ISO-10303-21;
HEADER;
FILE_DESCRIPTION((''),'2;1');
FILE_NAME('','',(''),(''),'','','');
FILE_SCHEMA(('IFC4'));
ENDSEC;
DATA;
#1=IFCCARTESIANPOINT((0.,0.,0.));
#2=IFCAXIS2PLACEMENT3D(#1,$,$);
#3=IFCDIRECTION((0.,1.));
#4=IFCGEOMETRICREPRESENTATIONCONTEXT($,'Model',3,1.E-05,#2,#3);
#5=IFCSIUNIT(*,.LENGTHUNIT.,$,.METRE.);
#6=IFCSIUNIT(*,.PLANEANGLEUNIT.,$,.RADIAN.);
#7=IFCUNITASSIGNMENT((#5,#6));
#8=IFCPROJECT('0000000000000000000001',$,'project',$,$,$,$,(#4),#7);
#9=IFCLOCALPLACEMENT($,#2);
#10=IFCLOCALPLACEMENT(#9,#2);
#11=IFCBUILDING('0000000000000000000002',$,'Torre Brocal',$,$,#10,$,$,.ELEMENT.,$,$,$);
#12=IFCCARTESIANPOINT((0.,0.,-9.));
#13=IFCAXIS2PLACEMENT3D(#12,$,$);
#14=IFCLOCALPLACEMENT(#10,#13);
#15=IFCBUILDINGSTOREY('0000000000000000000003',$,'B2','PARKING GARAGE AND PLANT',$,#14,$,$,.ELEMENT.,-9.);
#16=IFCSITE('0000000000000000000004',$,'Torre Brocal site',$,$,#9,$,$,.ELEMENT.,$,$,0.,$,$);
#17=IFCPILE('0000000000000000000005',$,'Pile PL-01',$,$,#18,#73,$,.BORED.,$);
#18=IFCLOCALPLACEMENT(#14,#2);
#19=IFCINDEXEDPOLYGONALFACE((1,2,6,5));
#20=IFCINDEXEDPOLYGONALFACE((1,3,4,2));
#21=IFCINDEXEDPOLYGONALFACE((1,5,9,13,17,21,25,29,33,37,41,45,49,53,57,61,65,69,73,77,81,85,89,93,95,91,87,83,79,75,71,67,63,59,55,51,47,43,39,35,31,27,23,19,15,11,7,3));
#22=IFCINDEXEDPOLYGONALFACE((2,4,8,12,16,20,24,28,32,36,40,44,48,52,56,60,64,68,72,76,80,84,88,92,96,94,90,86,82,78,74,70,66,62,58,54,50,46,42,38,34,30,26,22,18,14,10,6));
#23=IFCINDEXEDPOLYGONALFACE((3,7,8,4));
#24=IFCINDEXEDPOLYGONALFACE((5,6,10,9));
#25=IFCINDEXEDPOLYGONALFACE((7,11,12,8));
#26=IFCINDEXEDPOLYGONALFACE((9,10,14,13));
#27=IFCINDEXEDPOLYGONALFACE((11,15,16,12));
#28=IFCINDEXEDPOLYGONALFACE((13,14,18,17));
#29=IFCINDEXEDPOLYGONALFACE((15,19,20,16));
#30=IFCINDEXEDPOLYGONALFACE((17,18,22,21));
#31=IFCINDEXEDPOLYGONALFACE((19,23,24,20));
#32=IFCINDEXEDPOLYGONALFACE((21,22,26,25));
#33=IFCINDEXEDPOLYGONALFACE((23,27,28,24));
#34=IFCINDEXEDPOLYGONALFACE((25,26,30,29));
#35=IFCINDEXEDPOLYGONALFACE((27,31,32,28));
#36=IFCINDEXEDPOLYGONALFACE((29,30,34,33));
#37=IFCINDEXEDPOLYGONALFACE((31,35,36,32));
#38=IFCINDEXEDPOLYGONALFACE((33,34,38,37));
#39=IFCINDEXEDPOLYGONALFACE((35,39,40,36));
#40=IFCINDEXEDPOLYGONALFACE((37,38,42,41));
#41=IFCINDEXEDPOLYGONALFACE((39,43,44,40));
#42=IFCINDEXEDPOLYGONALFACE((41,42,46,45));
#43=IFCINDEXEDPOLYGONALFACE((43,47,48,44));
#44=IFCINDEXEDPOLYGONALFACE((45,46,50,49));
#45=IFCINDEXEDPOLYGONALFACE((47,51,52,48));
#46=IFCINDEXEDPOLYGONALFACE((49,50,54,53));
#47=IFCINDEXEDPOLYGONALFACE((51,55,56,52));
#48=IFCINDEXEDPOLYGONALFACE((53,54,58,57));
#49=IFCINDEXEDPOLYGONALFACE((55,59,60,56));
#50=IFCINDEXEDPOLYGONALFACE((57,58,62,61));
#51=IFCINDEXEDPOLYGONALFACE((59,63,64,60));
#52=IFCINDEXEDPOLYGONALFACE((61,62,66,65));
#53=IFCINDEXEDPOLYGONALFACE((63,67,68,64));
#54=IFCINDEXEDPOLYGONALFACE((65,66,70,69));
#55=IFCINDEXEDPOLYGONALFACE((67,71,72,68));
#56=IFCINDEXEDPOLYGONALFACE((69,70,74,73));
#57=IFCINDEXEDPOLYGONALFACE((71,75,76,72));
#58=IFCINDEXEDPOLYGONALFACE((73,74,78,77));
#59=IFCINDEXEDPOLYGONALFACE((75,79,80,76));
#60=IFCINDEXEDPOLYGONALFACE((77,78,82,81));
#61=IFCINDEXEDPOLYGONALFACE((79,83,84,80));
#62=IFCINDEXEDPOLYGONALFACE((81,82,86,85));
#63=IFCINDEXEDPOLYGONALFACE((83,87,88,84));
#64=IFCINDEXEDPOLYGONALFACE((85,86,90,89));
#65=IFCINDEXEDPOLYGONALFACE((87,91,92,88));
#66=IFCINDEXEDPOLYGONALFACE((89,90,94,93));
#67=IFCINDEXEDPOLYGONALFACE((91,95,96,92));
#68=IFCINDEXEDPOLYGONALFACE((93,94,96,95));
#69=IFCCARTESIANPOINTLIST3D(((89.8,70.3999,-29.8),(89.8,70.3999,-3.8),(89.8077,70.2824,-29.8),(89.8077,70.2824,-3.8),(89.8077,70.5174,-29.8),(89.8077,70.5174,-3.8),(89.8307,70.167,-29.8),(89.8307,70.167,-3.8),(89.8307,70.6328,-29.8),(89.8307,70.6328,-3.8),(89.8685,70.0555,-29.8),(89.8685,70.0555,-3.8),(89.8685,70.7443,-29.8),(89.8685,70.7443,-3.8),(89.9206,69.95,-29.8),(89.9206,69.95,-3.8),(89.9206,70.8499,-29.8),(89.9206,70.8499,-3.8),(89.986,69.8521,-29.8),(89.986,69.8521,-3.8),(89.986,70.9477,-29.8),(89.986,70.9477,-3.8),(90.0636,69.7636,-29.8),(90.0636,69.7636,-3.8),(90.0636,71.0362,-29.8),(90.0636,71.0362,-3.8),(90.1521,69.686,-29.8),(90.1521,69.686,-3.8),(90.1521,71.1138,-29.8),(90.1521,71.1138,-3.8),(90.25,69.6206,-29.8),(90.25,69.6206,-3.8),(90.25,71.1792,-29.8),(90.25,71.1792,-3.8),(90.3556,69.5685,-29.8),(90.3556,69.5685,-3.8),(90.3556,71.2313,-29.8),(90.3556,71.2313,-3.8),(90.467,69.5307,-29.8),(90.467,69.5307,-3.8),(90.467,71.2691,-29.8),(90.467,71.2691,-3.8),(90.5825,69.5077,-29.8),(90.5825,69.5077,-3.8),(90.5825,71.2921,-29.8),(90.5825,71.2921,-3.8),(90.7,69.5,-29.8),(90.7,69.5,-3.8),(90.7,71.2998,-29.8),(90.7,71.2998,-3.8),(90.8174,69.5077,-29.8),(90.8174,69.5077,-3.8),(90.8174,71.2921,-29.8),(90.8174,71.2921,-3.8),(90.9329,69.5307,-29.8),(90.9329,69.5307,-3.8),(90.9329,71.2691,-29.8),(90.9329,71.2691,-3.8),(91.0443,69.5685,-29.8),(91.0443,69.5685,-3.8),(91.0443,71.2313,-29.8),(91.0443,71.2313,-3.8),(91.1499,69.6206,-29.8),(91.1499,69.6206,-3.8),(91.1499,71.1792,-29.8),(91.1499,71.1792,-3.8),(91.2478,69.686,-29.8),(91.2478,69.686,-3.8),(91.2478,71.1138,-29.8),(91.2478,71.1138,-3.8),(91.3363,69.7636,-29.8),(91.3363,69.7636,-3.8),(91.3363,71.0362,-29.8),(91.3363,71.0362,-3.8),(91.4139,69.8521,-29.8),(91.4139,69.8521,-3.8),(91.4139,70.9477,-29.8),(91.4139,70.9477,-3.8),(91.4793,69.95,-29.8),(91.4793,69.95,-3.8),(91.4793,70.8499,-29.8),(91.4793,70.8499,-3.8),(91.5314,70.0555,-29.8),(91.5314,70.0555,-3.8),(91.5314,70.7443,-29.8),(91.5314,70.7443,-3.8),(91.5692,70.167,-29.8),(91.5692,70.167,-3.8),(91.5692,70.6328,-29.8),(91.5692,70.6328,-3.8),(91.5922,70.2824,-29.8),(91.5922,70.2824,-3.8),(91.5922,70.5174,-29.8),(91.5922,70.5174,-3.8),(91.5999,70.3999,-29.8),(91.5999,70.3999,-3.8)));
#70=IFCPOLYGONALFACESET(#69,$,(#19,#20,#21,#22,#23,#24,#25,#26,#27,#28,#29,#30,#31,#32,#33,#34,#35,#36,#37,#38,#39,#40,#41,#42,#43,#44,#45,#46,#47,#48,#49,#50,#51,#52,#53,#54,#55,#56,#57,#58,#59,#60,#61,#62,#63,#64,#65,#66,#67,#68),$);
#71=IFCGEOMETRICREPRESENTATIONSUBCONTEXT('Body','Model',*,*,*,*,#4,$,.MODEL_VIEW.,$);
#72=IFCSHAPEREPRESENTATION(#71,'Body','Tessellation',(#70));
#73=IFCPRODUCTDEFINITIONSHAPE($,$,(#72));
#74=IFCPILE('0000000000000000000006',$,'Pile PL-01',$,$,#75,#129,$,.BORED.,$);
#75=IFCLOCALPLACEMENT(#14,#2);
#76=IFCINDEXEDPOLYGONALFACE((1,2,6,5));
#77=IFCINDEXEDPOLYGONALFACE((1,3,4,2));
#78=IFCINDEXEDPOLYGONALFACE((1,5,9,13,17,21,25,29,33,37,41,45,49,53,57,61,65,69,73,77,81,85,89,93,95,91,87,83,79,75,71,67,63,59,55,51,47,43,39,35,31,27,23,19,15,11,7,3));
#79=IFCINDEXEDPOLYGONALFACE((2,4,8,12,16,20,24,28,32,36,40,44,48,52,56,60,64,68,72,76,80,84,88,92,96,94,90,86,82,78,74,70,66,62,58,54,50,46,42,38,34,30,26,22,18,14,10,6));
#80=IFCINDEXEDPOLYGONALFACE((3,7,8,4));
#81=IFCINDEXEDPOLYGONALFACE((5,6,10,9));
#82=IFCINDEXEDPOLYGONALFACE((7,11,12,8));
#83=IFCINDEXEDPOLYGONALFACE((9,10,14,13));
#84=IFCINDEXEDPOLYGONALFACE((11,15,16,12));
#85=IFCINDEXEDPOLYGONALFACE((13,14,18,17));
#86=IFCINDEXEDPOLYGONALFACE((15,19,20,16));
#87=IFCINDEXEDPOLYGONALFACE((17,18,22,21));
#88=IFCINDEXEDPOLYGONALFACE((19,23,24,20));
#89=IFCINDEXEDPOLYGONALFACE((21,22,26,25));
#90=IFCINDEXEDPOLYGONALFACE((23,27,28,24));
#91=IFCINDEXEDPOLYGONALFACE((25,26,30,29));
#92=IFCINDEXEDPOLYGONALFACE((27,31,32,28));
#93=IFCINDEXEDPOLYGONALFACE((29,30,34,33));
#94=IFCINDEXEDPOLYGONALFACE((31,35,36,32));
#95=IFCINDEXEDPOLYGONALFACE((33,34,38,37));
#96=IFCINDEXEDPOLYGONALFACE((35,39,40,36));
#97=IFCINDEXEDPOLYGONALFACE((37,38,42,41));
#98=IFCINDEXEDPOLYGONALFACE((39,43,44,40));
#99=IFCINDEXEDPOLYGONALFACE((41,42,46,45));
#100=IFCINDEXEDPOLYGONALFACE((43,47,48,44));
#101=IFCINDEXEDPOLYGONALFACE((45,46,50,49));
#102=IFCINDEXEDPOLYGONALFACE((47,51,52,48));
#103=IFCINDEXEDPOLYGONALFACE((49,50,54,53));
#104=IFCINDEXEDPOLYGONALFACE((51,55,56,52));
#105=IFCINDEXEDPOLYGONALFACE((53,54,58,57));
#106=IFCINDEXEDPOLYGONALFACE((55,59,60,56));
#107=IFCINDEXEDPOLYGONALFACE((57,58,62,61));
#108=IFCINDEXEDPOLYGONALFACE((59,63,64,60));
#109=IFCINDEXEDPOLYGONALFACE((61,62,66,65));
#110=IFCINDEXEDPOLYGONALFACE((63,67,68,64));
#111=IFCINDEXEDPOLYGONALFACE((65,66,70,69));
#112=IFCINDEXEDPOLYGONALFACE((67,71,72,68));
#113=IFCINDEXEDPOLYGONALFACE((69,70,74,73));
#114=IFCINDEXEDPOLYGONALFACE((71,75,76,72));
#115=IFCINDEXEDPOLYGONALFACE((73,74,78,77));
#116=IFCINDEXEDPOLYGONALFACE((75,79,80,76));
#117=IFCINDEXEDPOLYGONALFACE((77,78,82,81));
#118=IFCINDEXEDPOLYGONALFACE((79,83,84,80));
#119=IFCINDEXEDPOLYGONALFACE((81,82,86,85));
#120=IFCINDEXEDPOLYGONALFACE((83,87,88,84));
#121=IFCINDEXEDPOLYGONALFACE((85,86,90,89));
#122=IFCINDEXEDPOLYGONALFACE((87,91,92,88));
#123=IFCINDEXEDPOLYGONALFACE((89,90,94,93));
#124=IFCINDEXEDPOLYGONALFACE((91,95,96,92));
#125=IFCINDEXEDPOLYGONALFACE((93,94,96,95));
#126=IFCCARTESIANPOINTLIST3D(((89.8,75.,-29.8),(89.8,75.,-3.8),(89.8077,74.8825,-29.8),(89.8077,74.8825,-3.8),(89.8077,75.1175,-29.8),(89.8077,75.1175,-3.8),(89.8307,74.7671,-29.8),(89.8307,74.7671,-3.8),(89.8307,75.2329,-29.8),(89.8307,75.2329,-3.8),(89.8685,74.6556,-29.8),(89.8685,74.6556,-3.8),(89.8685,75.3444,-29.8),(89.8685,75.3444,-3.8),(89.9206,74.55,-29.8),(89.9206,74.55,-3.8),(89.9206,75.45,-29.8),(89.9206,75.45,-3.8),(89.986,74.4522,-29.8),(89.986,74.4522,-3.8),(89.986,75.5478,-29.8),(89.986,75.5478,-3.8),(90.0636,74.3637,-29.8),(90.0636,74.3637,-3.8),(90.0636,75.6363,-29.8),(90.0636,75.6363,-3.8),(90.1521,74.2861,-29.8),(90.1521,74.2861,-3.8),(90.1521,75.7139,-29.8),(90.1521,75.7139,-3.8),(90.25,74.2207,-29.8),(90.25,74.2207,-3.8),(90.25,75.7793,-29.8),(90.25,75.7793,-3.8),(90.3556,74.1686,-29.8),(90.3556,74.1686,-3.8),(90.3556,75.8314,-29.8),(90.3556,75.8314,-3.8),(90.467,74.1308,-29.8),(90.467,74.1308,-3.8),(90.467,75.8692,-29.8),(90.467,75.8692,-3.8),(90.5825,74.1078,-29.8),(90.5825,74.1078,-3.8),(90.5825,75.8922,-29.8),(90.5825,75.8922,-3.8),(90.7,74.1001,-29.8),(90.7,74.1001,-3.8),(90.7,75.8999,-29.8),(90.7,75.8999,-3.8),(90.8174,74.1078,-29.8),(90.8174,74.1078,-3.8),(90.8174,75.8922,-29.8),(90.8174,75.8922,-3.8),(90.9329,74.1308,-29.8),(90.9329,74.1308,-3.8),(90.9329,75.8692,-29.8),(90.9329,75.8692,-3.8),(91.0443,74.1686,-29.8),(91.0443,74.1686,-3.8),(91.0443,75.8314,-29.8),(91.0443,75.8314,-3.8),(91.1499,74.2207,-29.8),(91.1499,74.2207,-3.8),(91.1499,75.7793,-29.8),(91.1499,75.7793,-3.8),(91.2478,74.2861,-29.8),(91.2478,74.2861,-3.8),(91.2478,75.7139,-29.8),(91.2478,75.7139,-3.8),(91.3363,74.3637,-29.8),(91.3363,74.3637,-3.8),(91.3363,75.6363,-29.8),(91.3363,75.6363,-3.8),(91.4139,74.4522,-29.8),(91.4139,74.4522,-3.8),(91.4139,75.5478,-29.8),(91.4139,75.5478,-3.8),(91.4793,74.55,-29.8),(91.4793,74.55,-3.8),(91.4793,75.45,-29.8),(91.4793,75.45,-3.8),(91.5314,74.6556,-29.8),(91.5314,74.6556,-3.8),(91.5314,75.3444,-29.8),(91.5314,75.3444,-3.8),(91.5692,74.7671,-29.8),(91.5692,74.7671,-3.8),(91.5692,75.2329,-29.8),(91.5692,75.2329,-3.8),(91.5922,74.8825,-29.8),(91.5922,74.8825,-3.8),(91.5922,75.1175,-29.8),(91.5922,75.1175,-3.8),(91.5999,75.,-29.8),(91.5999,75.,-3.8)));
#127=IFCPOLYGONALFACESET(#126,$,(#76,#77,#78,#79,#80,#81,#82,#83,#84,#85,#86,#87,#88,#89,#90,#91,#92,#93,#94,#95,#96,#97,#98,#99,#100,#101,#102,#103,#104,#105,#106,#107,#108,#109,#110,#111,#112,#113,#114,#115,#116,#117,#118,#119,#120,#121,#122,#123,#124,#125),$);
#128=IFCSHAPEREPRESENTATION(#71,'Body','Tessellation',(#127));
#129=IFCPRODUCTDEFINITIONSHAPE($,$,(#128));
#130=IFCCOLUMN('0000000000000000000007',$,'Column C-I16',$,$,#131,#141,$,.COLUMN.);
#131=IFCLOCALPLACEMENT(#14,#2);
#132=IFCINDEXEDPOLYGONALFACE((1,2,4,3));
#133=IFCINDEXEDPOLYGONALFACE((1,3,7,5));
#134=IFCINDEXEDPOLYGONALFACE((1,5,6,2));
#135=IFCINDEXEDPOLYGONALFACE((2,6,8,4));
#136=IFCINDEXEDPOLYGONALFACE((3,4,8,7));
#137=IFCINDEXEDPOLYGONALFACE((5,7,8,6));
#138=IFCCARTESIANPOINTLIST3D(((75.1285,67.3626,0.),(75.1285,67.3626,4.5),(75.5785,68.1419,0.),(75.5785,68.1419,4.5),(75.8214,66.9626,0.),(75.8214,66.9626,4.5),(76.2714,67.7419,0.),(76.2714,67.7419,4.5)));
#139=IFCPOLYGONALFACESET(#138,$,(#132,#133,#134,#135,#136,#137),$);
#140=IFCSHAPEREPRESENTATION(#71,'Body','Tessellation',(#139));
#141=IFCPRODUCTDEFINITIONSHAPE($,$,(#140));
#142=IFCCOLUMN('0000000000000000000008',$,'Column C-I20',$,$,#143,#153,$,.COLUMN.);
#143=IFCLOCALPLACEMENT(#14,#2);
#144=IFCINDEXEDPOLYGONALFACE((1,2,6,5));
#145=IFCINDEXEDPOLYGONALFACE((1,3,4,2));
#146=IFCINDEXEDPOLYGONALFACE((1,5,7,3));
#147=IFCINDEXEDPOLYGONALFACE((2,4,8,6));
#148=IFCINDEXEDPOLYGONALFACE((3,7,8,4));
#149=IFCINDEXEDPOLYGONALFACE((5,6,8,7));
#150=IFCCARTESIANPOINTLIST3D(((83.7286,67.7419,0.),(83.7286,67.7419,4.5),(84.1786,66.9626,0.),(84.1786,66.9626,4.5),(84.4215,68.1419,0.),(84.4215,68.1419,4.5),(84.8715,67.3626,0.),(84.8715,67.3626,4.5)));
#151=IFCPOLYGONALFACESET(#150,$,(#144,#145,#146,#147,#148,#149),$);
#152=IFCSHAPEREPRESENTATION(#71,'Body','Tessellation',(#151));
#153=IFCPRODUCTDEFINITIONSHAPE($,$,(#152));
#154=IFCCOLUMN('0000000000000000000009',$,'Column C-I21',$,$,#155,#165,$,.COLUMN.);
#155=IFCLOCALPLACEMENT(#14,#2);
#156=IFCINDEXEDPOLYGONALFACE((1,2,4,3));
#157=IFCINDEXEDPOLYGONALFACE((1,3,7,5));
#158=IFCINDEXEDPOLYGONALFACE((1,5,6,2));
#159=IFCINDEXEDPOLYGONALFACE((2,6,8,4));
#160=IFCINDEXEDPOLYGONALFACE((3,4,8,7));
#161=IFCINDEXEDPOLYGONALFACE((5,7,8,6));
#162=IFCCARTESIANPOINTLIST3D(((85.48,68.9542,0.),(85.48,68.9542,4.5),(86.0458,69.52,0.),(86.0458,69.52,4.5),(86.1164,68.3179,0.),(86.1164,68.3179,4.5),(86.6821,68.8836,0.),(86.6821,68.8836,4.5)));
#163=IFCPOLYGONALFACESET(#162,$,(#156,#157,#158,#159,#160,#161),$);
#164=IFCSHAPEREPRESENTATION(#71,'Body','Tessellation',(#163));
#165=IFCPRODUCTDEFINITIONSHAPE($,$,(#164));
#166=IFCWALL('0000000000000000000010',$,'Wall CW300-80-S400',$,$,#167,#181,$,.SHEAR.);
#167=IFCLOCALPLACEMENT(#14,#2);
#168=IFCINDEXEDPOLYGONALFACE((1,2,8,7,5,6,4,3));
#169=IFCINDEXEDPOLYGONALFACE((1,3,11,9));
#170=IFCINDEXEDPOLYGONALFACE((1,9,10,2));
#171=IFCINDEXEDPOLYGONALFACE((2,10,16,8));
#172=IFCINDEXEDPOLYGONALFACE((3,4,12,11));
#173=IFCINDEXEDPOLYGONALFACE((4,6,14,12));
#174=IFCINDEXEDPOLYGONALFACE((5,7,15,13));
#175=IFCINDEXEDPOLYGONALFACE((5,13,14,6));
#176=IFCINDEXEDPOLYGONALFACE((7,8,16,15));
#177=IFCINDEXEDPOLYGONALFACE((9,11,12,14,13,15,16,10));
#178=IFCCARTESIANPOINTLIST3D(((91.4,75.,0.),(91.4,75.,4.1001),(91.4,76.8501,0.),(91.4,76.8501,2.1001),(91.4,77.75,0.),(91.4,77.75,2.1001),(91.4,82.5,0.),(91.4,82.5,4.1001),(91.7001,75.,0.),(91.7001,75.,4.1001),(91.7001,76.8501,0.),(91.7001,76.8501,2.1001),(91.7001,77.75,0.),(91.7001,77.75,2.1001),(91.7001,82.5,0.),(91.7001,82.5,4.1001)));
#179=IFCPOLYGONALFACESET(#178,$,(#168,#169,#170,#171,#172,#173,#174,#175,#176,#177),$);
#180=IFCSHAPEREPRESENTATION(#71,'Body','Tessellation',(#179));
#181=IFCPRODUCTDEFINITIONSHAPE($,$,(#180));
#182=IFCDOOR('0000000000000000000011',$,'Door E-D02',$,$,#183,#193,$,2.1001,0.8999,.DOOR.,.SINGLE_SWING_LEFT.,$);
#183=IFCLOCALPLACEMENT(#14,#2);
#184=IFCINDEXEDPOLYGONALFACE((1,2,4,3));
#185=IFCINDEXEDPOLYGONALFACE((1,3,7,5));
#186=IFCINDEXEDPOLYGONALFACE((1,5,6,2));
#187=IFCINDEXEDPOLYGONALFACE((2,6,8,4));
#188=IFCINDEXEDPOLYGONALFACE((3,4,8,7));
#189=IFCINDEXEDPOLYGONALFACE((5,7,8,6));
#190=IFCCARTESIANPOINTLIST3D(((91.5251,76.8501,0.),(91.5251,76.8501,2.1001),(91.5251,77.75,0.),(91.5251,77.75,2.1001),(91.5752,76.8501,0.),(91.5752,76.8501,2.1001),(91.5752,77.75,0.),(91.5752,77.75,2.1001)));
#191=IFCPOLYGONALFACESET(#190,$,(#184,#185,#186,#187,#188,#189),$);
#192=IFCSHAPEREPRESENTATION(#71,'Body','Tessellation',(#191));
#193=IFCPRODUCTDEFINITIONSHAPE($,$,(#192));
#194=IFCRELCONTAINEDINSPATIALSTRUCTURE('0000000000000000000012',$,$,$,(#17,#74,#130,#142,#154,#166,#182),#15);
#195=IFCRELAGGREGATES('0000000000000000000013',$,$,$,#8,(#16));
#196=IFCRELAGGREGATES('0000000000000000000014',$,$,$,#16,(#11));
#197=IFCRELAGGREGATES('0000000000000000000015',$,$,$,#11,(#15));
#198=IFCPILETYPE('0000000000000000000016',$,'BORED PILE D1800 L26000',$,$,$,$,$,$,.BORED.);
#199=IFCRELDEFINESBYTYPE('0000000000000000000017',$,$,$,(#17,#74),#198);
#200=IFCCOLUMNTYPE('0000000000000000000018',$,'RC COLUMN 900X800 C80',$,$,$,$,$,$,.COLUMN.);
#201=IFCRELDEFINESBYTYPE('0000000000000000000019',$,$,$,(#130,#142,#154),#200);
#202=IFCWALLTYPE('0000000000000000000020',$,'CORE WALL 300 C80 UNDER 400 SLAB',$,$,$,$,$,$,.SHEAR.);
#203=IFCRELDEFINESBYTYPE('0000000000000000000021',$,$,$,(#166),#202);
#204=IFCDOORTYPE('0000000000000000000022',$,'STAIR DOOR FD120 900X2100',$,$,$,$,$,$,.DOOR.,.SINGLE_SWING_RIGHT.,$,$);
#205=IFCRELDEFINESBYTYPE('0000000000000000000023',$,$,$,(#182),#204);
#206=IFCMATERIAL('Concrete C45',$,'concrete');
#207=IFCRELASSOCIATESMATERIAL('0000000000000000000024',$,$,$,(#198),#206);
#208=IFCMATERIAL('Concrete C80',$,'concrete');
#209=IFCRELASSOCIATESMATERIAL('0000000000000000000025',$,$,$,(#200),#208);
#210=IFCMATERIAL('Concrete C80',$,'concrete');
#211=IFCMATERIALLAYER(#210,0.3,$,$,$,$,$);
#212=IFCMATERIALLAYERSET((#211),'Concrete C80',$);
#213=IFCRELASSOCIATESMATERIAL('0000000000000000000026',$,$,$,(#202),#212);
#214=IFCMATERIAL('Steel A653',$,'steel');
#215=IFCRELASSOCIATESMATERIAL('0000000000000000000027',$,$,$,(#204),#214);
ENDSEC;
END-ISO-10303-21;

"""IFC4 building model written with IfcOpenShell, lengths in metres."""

from ifc_helpers import new_model, si_unit, direction, frame, frame_2d, origin, origin_2d, place, context, subcontext, project, spatial, rectangle, circle, extrude, material, layer, layer_set, material_profile, profile_set, type_object, element, fill, save


model = new_model("IFC4")

# Units and contexts
model_context = context("Model", 3, precision=1e-05, world=origin(), true_north=direction((0.0, 1.0)))
body_context = subcontext(model_context, "Body", "Model", "MODEL_VIEW")
ifc_project = project(units=[si_unit("LENGTHUNIT", "METRE"), si_unit("PLANEANGLEUNIT", "RADIAN")], contexts=[model_context])

# Site, building, storey
site_placement = place(None, origin())
site = spatial("IfcSite", under=ifc_project, at=site_placement, Name="Torre Brocal site", CompositionType="ELEMENT", RefElevation=0.0)
building_placement = place(site_placement, origin())
building = spatial("IfcBuilding", under=site, at=building_placement, Name="Torre Brocal", CompositionType="ELEMENT")
storey_placement = place(building_placement, frame((0.0, 0.0, -9.0)))
storey = spatial("IfcBuildingStorey", under=building, at=storey_placement, Name="B2", Description="PARKING GARAGE AND PLANT", CompositionType="ELEMENT", Elevation=-9.0)

# Piles
ifc_material_1 = material(Name="Concrete C45", Category="concrete")
ifc_material_profile_1 = material_profile(ifc_material_1, circle(Radius=0.8999, at=origin_2d()), Name="BORED PILE D1800")
ifc_profile_set_1 = profile_set([ifc_material_profile_1], Name="Concrete C45")
pile_type_1 = type_object("IfcPileType", Name="BORED PILE D1800 L26000", PredefinedType="BORED", material=ifc_profile_set_1)
for number, where, z_axis, x_axis, name in (
    (1, (90.7, 70.3999, -3.8), (0.0, 0.0, -1.0), (1.0, 0.0, 0.0), "Pile PL-01"),
    (2, (90.7, 75.0, -3.8), (0.0, 0.0, -1.0), (1.0, 0.0, 0.0), "Pile PL-01"),
):
    element("IfcPile", number, at=place(storey_placement, frame(where, z_axis=z_axis, x_axis=x_axis)), inside=storey, type_object=pile_type_1, Name=name, PredefinedType="BORED", context=body_context, shape_type="SweptSolid", body=[
        extrude(circle(Radius=0.8999, at=origin_2d()), origin(), (0.0, 0.0, 1.0), 26.0),
    ])

# Columns
ifc_material_2 = material(Name="Concrete C80", Category="concrete")
ifc_material_profile_2 = material_profile(ifc_material_2, rectangle(XDim=0.8999, YDim=0.8, at=origin_2d()), Name="RC 900X800")
ifc_profile_set_2 = profile_set([ifc_material_profile_2], Name="Concrete C80")
column_type = type_object("IfcColumnType", Name="RC COLUMN 900X800 C80", PredefinedType="COLUMN", material=ifc_profile_set_2)
for number, where, z_axis, x_axis, name in (
    (3, (75.7, 67.5522, 0.0), (0.0, 0.0, 1.0), (-0.5, -0.866025, 0.0), "Column C-I16"),
    (4, (84.3, 67.5522, 0.0), (0.0, 0.0, 1.0), (0.5, -0.866025, 0.0), "Column C-I20"),
    (5, (86.0811, 68.9189, 0.0), (0.0, 0.0, 1.0), (0.707107, -0.707107, 0.0), "Column C-I21"),
):
    element("IfcColumn", number, at=place(storey_placement, frame(where, z_axis=z_axis, x_axis=x_axis)), inside=storey, type_object=column_type, Name=name, PredefinedType="COLUMN", context=body_context, shape_type="SweptSolid", body=[
        extrude(rectangle(XDim=0.8999, YDim=0.8, at=origin_2d()), origin(), (0.0, 0.0, 1.0), 4.5),
    ])

# Wall, opening, door
ifc_material_3 = material(Name="Concrete C80", Category="concrete")
ifc_layer_1 = layer(ifc_material_3, 0.3)
ifc_layer_set_1 = layer_set([ifc_layer_1], Name="Concrete C80")
wall_type_1 = type_object("IfcWallType", Name="CORE WALL 300 C80 UNDER 400 SLAB", PredefinedType="SHEAR", material=ifc_layer_set_1)
wall_1_placement = place(storey_placement, frame((91.55, 75.0, 0.0), z_axis=(0.0, 0.0, 1.0), x_axis=(0.0, 1.0, 0.0)))
wall_1 = element("IfcWall", 6, at=wall_1_placement, inside=storey, type_object=wall_type_1, Name="Wall CW300-80-S400", PredefinedType="SHEAR", context=body_context, shape_type="SweptSolid", body=[
    extrude(rectangle(XDim=7.5, YDim=0.3, at=frame_2d((3.75, 0.0))), origin(), (0.0, 0.0, 1.0), 4.1001),
])
opening_1_placement = place(wall_1_placement, frame((1.8501, 0.0, 0.0)))
opening_1 = element("IfcOpeningElement", 7, at=opening_1_placement, cuts=wall_1, PredefinedType="OPENING", context=body_context, shape_type="SweptSolid", body=[
    extrude(rectangle(XDim=0.8999, YDim=2.1001, at=frame_2d((0.45, 1.05))), frame((0.0, 0.1599, 0.0), z_axis=(0.0, -1.0, 0.0), x_axis=(1.0, 0.0, 0.0)), (0.0, 0.0, 1.0), 0.3201),
])
ifc_material_4 = material(Name="Steel A653", Category="steel")
door_type_1 = type_object("IfcDoorType", Name="STAIR DOOR FD120 900X2100", OperationType="SINGLE_SWING_RIGHT", PredefinedType="DOOR", material=ifc_material_4)
door_1_placement = place(opening_1_placement, origin())
door_1 = element("IfcDoor", 8, at=door_1_placement, inside=storey, type_object=door_type_1, Name="Door E-D02", OperationType="SINGLE_SWING_LEFT", OverallHeight=2.1001, OverallWidth=0.8999, PredefinedType="DOOR", context=body_context, shape_type="SweptSolid", body=[
    extrude(rectangle(XDim=0.8999, YDim=2.1001, at=frame_2d((0.45, 1.05))), frame((0.0, 0.0249, 0.0), z_axis=(0.0, -1.0, 0.0), x_axis=(1.0, 0.0, 0.0)), (0.0, 0.0, 1.0), 0.05),
])
fill(opening_1, door_1)

save(model, "model.ifc")
